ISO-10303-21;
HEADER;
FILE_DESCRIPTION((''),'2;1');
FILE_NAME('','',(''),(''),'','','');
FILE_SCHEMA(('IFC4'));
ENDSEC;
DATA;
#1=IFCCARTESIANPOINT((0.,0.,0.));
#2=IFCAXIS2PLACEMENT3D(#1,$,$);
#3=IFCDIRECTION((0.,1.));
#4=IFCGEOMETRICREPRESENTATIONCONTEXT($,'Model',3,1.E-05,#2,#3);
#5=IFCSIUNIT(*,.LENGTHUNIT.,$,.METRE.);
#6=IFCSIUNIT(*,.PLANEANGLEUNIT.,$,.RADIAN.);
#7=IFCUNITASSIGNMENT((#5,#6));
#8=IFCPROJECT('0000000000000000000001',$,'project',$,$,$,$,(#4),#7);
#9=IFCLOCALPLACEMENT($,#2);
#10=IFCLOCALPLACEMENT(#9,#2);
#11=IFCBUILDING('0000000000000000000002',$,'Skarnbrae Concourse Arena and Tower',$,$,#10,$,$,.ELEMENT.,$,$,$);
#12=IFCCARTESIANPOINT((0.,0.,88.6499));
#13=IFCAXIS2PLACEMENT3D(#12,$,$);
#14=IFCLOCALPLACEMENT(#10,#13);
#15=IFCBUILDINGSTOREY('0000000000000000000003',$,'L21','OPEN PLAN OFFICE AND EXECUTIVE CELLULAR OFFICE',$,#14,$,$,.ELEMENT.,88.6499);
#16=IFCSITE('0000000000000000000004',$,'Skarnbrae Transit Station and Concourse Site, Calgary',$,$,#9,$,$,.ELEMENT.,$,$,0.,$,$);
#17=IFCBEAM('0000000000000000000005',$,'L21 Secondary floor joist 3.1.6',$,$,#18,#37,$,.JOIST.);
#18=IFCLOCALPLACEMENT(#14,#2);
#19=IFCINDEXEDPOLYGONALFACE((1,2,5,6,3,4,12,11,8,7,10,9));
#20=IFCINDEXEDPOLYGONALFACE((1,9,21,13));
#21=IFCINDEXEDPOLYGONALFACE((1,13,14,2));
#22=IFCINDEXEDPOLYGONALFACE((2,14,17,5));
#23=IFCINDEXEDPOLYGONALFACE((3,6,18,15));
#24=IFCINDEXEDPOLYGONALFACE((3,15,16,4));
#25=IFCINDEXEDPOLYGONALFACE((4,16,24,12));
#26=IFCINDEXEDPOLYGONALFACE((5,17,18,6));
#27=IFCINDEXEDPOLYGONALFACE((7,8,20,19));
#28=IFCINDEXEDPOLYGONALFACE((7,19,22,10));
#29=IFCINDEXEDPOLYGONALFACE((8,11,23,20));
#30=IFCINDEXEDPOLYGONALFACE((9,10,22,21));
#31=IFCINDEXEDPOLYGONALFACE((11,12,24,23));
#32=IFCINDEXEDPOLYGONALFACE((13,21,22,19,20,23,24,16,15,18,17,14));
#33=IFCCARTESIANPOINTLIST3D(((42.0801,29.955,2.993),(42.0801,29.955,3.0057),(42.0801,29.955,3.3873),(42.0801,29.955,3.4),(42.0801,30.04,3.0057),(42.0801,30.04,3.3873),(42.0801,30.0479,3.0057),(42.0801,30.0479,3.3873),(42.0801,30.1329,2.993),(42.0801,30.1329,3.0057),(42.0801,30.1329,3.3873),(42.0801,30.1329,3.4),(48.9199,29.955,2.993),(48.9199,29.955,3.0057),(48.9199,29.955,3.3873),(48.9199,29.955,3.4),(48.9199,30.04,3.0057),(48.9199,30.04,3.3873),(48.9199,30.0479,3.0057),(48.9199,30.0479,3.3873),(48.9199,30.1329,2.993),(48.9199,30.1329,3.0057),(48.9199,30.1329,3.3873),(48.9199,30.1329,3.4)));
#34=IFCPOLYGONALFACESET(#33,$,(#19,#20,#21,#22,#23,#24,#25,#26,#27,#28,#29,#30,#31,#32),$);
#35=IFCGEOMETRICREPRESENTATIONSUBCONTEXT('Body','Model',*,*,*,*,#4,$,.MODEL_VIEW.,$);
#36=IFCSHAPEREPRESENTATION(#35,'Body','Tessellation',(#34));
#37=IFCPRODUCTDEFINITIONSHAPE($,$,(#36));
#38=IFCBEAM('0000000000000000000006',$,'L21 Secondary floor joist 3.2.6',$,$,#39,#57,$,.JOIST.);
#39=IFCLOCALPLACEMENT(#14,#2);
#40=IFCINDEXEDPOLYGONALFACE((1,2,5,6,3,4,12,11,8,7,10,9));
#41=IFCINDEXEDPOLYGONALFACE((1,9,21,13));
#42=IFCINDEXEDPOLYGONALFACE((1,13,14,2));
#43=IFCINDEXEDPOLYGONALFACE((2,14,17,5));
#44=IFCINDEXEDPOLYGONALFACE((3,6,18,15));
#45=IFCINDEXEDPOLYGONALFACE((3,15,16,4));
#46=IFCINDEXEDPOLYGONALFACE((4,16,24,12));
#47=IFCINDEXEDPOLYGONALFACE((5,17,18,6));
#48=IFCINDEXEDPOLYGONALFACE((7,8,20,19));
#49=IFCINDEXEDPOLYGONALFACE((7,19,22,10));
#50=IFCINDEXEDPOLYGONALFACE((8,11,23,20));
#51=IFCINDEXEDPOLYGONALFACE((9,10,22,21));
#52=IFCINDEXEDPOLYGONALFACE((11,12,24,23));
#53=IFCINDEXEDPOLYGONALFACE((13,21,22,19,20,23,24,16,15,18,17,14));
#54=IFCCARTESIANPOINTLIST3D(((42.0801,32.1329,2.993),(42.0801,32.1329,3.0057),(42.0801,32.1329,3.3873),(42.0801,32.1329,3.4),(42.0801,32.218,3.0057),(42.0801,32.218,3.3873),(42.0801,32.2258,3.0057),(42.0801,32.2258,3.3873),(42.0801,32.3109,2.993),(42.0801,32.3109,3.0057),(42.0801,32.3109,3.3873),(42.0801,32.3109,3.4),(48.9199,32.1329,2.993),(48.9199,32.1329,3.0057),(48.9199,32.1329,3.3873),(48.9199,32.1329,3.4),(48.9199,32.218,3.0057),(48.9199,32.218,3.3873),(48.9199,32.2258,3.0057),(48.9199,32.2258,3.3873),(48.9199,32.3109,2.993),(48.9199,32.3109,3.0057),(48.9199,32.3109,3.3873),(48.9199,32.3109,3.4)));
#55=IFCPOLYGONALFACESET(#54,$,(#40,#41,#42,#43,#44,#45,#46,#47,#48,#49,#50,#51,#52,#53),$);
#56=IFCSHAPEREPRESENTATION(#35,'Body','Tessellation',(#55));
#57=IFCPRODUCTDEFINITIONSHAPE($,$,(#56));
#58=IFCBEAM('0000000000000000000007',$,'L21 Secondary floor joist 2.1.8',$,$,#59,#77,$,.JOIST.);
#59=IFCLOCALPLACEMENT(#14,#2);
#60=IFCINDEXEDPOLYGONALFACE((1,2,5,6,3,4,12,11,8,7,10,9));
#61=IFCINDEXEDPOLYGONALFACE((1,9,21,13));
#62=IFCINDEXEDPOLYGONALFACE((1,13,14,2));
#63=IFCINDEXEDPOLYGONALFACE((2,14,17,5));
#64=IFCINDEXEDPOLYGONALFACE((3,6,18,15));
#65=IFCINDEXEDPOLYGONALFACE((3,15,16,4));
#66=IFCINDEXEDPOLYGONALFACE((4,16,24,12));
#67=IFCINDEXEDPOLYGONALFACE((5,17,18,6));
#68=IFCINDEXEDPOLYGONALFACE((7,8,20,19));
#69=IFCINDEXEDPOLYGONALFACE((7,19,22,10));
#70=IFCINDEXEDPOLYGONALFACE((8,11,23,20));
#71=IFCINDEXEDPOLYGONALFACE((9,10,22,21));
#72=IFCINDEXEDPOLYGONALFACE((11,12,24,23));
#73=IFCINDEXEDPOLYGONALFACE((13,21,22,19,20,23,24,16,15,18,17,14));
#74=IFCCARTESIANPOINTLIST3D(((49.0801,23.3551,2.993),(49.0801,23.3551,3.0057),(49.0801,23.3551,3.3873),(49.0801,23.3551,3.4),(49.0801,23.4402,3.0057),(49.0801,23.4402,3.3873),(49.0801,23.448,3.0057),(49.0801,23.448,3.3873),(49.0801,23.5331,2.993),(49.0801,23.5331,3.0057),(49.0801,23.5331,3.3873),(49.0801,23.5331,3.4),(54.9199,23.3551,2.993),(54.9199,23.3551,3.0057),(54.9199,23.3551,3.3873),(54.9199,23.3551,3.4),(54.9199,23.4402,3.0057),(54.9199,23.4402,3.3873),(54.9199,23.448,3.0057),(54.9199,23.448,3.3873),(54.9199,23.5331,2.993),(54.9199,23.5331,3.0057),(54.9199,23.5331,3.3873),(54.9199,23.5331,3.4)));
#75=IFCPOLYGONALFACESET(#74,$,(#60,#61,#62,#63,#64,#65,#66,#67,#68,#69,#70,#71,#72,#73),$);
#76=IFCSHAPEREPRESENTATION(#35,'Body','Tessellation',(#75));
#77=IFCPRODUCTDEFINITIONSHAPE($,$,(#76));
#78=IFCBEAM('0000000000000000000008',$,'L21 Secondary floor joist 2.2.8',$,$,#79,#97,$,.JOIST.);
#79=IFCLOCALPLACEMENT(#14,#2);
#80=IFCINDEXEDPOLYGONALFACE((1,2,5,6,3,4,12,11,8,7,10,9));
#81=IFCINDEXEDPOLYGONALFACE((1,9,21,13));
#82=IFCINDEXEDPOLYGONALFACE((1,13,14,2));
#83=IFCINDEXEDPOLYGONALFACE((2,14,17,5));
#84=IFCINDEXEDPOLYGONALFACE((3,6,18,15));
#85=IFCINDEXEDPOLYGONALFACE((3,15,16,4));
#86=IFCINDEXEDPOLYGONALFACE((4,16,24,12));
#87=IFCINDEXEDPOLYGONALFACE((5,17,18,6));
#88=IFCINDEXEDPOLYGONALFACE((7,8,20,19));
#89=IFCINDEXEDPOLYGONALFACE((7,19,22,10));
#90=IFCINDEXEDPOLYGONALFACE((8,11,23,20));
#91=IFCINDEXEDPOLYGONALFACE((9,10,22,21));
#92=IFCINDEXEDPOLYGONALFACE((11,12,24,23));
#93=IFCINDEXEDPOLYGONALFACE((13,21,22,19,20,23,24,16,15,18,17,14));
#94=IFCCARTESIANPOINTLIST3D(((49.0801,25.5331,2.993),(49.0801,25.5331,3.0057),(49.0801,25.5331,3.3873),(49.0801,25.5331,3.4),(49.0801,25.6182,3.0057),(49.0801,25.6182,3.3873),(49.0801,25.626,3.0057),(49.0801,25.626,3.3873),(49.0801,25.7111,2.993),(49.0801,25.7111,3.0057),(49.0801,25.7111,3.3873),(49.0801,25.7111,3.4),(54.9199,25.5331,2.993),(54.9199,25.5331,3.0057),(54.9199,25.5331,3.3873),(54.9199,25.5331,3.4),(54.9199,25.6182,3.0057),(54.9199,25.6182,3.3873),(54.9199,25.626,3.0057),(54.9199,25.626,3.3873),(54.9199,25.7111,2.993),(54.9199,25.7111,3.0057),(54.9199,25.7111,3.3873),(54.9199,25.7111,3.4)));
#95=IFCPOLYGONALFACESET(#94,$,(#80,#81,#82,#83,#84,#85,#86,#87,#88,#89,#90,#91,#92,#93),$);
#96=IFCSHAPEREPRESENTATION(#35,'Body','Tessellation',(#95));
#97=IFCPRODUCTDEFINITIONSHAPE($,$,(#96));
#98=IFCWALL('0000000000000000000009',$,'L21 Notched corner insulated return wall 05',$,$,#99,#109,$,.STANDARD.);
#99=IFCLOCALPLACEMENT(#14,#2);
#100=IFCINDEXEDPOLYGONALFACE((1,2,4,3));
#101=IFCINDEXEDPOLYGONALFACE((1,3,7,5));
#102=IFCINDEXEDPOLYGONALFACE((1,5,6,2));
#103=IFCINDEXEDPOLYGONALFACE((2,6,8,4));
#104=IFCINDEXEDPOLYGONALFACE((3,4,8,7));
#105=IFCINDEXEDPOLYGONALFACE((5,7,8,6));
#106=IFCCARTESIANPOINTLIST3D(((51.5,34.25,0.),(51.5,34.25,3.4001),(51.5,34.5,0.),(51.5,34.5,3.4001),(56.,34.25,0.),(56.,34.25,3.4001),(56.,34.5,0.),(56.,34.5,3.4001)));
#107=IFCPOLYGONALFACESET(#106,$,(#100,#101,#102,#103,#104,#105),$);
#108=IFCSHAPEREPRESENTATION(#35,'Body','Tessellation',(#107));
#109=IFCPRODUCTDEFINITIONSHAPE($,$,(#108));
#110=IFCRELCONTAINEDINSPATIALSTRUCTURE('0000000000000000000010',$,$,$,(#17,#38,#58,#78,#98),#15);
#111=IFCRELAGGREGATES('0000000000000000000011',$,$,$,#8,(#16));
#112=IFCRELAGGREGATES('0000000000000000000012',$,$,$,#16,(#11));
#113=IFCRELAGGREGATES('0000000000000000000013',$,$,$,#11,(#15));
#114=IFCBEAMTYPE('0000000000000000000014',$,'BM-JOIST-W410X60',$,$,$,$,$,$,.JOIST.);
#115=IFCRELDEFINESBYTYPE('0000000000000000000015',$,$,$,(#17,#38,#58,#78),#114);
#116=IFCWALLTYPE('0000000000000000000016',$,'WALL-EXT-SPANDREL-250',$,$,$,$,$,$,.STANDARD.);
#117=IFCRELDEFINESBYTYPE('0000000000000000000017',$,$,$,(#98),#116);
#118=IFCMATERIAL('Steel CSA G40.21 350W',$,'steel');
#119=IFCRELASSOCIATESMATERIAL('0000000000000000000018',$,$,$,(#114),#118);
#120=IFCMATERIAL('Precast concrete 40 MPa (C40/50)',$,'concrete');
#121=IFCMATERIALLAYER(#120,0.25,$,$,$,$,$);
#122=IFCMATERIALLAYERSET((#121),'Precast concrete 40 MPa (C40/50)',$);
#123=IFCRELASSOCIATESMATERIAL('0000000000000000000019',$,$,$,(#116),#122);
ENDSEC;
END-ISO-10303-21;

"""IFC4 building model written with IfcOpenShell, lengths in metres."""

from ifc_helpers import new_model, si_unit, direction, frame, frame_2d, origin, origin_2d, place, context, subcontext, project, spatial, rectangle, i_section, extrude, source, transform, mapped, material, layer, layer_set, material_profile, profile_set, type_object, element, save


model = new_model("IFC4")

# Units and contexts
model_context = context("Model", 3, precision=1e-05, world=origin(), true_north=direction((0.0, 1.0)))
body_context = subcontext(model_context, "Body", "Model", "MODEL_VIEW")
ifc_project = project(units=[si_unit("LENGTHUNIT", "METRE"), si_unit("PLANEANGLEUNIT", "RADIAN")], contexts=[model_context])

# Site, building, storey
site_placement = place(None, origin())
site = spatial("IfcSite", under=ifc_project, at=site_placement, Name="Skarnbrae Transit Station and Concourse Site, Calgary", CompositionType="ELEMENT", RefElevation=0.0)
building_placement = place(site_placement, origin())
building = spatial("IfcBuilding", under=site, at=building_placement, Name="Skarnbrae Concourse Arena and Tower", CompositionType="ELEMENT")
storey_placement = place(building_placement, frame((0.0, 0.0, 88.6499)))
storey = spatial("IfcBuildingStorey", under=building, at=storey_placement, Name="L21", Description="OPEN PLAN OFFICE AND EXECUTIVE CELLULAR OFFICE", CompositionType="ELEMENT", Elevation=88.6499)

# Shared definitions
ifc_material_1 = material(Name="Steel CSA G40.21 350W", Category="steel")

# Beams
ifc_material_profile_1 = material_profile(ifc_material_1, i_section(OverallWidth=0.178, OverallDepth=0.407, WebThickness=0.0078, FlangeThickness=0.0127, at=origin_2d()), Name="W410X60")
ifc_profile_set_1 = profile_set([ifc_material_profile_1], Name="Steel CSA G40.21 350W")
beam_type_1 = type_object("IfcBeamType", Name="BM-JOIST-W410X60", PredefinedType="JOIST", material=ifc_profile_set_1)
shared_shape_1 = source(origin(), body_context, "Body", "SweptSolid", [
    extrude(i_section(OverallWidth=0.178, OverallDepth=0.407, WebThickness=0.0078, FlangeThickness=0.0127, at=origin_2d()), origin(), (0.0, 0.0, 1.0), 6.8398),
])
for number, where, z_axis, x_axis, name in (
    (1, (42.0801, 30.0439, 3.1965), (1.0, 0.0, 0.0), (0.0, 1.0, 0.0), "L21 Secondary floor joist 3.1.6"),
    (2, (42.0801, 32.2219, 3.1965), (1.0, 0.0, 0.0), (0.0, 1.0, 0.0), "L21 Secondary floor joist 3.2.6"),
):
    element("IfcBeam", number, at=place(storey_placement, frame(where, z_axis=z_axis, x_axis=x_axis)), inside=storey, type_object=beam_type_1, Name=name, PredefinedType="JOIST", context=body_context, shape_type="MappedRepresentation", body=[
        mapped(shared_shape_1, transform((0.0, 0.0, 0.0))),
    ])
shared_shape_2 = source(origin(), body_context, "Body", "SweptSolid", [
    extrude(i_section(OverallWidth=0.178, OverallDepth=0.407, WebThickness=0.0078, FlangeThickness=0.0127, at=origin_2d()), origin(), (0.0, 0.0, 1.0), 5.8398),
])
for number, where, z_axis, x_axis, name in (
    (3, (49.0801, 23.4441, 3.1965), (1.0, 0.0, 0.0), (0.0, 1.0, 0.0), "L21 Secondary floor joist 2.1.8"),
    (4, (49.0801, 25.6221, 3.1965), (1.0, 0.0, 0.0), (0.0, 1.0, 0.0), "L21 Secondary floor joist 2.2.8"),
):
    element("IfcBeam", number, at=place(storey_placement, frame(where, z_axis=z_axis, x_axis=x_axis)), inside=storey, type_object=beam_type_1, Name=name, PredefinedType="JOIST", context=body_context, shape_type="MappedRepresentation", body=[
        mapped(shared_shape_2, transform((0.0, 0.0, 0.0))),
    ])

# Wall
ifc_material_2 = material(Name="Precast concrete 40 MPa (C40/50)", Category="concrete")
ifc_layer = layer(ifc_material_2, 0.25)
ifc_layer_set = layer_set([ifc_layer], Name="Precast concrete 40 MPa (C40/50)")
wall_type = type_object("IfcWallType", Name="WALL-EXT-SPANDREL-250", PredefinedType="STANDARD", material=ifc_layer_set)
shared_shape_3 = source(origin(), body_context, "Body", "SweptSolid", [
    extrude(rectangle(XDim=4.5, YDim=0.25, at=frame_2d((2.25, 0.0))), origin(), (0.0, 0.0, 1.0), 3.4001),
])
wall_placement = place(storey_placement, frame((56.0, 34.375, 0.0), z_axis=(0.0, 0.0, 1.0), x_axis=(-1.0, 0.0, 0.0)))
element("IfcWall", 5, at=wall_placement, inside=storey, type_object=wall_type, Name="L21 Notched corner insulated return wall 05", PredefinedType="STANDARD", context=body_context, shape_type="MappedRepresentation", body=[
    mapped(shared_shape_3, transform((0.0, 0.0, 0.0))),
])

save(model, "model.ifc")
